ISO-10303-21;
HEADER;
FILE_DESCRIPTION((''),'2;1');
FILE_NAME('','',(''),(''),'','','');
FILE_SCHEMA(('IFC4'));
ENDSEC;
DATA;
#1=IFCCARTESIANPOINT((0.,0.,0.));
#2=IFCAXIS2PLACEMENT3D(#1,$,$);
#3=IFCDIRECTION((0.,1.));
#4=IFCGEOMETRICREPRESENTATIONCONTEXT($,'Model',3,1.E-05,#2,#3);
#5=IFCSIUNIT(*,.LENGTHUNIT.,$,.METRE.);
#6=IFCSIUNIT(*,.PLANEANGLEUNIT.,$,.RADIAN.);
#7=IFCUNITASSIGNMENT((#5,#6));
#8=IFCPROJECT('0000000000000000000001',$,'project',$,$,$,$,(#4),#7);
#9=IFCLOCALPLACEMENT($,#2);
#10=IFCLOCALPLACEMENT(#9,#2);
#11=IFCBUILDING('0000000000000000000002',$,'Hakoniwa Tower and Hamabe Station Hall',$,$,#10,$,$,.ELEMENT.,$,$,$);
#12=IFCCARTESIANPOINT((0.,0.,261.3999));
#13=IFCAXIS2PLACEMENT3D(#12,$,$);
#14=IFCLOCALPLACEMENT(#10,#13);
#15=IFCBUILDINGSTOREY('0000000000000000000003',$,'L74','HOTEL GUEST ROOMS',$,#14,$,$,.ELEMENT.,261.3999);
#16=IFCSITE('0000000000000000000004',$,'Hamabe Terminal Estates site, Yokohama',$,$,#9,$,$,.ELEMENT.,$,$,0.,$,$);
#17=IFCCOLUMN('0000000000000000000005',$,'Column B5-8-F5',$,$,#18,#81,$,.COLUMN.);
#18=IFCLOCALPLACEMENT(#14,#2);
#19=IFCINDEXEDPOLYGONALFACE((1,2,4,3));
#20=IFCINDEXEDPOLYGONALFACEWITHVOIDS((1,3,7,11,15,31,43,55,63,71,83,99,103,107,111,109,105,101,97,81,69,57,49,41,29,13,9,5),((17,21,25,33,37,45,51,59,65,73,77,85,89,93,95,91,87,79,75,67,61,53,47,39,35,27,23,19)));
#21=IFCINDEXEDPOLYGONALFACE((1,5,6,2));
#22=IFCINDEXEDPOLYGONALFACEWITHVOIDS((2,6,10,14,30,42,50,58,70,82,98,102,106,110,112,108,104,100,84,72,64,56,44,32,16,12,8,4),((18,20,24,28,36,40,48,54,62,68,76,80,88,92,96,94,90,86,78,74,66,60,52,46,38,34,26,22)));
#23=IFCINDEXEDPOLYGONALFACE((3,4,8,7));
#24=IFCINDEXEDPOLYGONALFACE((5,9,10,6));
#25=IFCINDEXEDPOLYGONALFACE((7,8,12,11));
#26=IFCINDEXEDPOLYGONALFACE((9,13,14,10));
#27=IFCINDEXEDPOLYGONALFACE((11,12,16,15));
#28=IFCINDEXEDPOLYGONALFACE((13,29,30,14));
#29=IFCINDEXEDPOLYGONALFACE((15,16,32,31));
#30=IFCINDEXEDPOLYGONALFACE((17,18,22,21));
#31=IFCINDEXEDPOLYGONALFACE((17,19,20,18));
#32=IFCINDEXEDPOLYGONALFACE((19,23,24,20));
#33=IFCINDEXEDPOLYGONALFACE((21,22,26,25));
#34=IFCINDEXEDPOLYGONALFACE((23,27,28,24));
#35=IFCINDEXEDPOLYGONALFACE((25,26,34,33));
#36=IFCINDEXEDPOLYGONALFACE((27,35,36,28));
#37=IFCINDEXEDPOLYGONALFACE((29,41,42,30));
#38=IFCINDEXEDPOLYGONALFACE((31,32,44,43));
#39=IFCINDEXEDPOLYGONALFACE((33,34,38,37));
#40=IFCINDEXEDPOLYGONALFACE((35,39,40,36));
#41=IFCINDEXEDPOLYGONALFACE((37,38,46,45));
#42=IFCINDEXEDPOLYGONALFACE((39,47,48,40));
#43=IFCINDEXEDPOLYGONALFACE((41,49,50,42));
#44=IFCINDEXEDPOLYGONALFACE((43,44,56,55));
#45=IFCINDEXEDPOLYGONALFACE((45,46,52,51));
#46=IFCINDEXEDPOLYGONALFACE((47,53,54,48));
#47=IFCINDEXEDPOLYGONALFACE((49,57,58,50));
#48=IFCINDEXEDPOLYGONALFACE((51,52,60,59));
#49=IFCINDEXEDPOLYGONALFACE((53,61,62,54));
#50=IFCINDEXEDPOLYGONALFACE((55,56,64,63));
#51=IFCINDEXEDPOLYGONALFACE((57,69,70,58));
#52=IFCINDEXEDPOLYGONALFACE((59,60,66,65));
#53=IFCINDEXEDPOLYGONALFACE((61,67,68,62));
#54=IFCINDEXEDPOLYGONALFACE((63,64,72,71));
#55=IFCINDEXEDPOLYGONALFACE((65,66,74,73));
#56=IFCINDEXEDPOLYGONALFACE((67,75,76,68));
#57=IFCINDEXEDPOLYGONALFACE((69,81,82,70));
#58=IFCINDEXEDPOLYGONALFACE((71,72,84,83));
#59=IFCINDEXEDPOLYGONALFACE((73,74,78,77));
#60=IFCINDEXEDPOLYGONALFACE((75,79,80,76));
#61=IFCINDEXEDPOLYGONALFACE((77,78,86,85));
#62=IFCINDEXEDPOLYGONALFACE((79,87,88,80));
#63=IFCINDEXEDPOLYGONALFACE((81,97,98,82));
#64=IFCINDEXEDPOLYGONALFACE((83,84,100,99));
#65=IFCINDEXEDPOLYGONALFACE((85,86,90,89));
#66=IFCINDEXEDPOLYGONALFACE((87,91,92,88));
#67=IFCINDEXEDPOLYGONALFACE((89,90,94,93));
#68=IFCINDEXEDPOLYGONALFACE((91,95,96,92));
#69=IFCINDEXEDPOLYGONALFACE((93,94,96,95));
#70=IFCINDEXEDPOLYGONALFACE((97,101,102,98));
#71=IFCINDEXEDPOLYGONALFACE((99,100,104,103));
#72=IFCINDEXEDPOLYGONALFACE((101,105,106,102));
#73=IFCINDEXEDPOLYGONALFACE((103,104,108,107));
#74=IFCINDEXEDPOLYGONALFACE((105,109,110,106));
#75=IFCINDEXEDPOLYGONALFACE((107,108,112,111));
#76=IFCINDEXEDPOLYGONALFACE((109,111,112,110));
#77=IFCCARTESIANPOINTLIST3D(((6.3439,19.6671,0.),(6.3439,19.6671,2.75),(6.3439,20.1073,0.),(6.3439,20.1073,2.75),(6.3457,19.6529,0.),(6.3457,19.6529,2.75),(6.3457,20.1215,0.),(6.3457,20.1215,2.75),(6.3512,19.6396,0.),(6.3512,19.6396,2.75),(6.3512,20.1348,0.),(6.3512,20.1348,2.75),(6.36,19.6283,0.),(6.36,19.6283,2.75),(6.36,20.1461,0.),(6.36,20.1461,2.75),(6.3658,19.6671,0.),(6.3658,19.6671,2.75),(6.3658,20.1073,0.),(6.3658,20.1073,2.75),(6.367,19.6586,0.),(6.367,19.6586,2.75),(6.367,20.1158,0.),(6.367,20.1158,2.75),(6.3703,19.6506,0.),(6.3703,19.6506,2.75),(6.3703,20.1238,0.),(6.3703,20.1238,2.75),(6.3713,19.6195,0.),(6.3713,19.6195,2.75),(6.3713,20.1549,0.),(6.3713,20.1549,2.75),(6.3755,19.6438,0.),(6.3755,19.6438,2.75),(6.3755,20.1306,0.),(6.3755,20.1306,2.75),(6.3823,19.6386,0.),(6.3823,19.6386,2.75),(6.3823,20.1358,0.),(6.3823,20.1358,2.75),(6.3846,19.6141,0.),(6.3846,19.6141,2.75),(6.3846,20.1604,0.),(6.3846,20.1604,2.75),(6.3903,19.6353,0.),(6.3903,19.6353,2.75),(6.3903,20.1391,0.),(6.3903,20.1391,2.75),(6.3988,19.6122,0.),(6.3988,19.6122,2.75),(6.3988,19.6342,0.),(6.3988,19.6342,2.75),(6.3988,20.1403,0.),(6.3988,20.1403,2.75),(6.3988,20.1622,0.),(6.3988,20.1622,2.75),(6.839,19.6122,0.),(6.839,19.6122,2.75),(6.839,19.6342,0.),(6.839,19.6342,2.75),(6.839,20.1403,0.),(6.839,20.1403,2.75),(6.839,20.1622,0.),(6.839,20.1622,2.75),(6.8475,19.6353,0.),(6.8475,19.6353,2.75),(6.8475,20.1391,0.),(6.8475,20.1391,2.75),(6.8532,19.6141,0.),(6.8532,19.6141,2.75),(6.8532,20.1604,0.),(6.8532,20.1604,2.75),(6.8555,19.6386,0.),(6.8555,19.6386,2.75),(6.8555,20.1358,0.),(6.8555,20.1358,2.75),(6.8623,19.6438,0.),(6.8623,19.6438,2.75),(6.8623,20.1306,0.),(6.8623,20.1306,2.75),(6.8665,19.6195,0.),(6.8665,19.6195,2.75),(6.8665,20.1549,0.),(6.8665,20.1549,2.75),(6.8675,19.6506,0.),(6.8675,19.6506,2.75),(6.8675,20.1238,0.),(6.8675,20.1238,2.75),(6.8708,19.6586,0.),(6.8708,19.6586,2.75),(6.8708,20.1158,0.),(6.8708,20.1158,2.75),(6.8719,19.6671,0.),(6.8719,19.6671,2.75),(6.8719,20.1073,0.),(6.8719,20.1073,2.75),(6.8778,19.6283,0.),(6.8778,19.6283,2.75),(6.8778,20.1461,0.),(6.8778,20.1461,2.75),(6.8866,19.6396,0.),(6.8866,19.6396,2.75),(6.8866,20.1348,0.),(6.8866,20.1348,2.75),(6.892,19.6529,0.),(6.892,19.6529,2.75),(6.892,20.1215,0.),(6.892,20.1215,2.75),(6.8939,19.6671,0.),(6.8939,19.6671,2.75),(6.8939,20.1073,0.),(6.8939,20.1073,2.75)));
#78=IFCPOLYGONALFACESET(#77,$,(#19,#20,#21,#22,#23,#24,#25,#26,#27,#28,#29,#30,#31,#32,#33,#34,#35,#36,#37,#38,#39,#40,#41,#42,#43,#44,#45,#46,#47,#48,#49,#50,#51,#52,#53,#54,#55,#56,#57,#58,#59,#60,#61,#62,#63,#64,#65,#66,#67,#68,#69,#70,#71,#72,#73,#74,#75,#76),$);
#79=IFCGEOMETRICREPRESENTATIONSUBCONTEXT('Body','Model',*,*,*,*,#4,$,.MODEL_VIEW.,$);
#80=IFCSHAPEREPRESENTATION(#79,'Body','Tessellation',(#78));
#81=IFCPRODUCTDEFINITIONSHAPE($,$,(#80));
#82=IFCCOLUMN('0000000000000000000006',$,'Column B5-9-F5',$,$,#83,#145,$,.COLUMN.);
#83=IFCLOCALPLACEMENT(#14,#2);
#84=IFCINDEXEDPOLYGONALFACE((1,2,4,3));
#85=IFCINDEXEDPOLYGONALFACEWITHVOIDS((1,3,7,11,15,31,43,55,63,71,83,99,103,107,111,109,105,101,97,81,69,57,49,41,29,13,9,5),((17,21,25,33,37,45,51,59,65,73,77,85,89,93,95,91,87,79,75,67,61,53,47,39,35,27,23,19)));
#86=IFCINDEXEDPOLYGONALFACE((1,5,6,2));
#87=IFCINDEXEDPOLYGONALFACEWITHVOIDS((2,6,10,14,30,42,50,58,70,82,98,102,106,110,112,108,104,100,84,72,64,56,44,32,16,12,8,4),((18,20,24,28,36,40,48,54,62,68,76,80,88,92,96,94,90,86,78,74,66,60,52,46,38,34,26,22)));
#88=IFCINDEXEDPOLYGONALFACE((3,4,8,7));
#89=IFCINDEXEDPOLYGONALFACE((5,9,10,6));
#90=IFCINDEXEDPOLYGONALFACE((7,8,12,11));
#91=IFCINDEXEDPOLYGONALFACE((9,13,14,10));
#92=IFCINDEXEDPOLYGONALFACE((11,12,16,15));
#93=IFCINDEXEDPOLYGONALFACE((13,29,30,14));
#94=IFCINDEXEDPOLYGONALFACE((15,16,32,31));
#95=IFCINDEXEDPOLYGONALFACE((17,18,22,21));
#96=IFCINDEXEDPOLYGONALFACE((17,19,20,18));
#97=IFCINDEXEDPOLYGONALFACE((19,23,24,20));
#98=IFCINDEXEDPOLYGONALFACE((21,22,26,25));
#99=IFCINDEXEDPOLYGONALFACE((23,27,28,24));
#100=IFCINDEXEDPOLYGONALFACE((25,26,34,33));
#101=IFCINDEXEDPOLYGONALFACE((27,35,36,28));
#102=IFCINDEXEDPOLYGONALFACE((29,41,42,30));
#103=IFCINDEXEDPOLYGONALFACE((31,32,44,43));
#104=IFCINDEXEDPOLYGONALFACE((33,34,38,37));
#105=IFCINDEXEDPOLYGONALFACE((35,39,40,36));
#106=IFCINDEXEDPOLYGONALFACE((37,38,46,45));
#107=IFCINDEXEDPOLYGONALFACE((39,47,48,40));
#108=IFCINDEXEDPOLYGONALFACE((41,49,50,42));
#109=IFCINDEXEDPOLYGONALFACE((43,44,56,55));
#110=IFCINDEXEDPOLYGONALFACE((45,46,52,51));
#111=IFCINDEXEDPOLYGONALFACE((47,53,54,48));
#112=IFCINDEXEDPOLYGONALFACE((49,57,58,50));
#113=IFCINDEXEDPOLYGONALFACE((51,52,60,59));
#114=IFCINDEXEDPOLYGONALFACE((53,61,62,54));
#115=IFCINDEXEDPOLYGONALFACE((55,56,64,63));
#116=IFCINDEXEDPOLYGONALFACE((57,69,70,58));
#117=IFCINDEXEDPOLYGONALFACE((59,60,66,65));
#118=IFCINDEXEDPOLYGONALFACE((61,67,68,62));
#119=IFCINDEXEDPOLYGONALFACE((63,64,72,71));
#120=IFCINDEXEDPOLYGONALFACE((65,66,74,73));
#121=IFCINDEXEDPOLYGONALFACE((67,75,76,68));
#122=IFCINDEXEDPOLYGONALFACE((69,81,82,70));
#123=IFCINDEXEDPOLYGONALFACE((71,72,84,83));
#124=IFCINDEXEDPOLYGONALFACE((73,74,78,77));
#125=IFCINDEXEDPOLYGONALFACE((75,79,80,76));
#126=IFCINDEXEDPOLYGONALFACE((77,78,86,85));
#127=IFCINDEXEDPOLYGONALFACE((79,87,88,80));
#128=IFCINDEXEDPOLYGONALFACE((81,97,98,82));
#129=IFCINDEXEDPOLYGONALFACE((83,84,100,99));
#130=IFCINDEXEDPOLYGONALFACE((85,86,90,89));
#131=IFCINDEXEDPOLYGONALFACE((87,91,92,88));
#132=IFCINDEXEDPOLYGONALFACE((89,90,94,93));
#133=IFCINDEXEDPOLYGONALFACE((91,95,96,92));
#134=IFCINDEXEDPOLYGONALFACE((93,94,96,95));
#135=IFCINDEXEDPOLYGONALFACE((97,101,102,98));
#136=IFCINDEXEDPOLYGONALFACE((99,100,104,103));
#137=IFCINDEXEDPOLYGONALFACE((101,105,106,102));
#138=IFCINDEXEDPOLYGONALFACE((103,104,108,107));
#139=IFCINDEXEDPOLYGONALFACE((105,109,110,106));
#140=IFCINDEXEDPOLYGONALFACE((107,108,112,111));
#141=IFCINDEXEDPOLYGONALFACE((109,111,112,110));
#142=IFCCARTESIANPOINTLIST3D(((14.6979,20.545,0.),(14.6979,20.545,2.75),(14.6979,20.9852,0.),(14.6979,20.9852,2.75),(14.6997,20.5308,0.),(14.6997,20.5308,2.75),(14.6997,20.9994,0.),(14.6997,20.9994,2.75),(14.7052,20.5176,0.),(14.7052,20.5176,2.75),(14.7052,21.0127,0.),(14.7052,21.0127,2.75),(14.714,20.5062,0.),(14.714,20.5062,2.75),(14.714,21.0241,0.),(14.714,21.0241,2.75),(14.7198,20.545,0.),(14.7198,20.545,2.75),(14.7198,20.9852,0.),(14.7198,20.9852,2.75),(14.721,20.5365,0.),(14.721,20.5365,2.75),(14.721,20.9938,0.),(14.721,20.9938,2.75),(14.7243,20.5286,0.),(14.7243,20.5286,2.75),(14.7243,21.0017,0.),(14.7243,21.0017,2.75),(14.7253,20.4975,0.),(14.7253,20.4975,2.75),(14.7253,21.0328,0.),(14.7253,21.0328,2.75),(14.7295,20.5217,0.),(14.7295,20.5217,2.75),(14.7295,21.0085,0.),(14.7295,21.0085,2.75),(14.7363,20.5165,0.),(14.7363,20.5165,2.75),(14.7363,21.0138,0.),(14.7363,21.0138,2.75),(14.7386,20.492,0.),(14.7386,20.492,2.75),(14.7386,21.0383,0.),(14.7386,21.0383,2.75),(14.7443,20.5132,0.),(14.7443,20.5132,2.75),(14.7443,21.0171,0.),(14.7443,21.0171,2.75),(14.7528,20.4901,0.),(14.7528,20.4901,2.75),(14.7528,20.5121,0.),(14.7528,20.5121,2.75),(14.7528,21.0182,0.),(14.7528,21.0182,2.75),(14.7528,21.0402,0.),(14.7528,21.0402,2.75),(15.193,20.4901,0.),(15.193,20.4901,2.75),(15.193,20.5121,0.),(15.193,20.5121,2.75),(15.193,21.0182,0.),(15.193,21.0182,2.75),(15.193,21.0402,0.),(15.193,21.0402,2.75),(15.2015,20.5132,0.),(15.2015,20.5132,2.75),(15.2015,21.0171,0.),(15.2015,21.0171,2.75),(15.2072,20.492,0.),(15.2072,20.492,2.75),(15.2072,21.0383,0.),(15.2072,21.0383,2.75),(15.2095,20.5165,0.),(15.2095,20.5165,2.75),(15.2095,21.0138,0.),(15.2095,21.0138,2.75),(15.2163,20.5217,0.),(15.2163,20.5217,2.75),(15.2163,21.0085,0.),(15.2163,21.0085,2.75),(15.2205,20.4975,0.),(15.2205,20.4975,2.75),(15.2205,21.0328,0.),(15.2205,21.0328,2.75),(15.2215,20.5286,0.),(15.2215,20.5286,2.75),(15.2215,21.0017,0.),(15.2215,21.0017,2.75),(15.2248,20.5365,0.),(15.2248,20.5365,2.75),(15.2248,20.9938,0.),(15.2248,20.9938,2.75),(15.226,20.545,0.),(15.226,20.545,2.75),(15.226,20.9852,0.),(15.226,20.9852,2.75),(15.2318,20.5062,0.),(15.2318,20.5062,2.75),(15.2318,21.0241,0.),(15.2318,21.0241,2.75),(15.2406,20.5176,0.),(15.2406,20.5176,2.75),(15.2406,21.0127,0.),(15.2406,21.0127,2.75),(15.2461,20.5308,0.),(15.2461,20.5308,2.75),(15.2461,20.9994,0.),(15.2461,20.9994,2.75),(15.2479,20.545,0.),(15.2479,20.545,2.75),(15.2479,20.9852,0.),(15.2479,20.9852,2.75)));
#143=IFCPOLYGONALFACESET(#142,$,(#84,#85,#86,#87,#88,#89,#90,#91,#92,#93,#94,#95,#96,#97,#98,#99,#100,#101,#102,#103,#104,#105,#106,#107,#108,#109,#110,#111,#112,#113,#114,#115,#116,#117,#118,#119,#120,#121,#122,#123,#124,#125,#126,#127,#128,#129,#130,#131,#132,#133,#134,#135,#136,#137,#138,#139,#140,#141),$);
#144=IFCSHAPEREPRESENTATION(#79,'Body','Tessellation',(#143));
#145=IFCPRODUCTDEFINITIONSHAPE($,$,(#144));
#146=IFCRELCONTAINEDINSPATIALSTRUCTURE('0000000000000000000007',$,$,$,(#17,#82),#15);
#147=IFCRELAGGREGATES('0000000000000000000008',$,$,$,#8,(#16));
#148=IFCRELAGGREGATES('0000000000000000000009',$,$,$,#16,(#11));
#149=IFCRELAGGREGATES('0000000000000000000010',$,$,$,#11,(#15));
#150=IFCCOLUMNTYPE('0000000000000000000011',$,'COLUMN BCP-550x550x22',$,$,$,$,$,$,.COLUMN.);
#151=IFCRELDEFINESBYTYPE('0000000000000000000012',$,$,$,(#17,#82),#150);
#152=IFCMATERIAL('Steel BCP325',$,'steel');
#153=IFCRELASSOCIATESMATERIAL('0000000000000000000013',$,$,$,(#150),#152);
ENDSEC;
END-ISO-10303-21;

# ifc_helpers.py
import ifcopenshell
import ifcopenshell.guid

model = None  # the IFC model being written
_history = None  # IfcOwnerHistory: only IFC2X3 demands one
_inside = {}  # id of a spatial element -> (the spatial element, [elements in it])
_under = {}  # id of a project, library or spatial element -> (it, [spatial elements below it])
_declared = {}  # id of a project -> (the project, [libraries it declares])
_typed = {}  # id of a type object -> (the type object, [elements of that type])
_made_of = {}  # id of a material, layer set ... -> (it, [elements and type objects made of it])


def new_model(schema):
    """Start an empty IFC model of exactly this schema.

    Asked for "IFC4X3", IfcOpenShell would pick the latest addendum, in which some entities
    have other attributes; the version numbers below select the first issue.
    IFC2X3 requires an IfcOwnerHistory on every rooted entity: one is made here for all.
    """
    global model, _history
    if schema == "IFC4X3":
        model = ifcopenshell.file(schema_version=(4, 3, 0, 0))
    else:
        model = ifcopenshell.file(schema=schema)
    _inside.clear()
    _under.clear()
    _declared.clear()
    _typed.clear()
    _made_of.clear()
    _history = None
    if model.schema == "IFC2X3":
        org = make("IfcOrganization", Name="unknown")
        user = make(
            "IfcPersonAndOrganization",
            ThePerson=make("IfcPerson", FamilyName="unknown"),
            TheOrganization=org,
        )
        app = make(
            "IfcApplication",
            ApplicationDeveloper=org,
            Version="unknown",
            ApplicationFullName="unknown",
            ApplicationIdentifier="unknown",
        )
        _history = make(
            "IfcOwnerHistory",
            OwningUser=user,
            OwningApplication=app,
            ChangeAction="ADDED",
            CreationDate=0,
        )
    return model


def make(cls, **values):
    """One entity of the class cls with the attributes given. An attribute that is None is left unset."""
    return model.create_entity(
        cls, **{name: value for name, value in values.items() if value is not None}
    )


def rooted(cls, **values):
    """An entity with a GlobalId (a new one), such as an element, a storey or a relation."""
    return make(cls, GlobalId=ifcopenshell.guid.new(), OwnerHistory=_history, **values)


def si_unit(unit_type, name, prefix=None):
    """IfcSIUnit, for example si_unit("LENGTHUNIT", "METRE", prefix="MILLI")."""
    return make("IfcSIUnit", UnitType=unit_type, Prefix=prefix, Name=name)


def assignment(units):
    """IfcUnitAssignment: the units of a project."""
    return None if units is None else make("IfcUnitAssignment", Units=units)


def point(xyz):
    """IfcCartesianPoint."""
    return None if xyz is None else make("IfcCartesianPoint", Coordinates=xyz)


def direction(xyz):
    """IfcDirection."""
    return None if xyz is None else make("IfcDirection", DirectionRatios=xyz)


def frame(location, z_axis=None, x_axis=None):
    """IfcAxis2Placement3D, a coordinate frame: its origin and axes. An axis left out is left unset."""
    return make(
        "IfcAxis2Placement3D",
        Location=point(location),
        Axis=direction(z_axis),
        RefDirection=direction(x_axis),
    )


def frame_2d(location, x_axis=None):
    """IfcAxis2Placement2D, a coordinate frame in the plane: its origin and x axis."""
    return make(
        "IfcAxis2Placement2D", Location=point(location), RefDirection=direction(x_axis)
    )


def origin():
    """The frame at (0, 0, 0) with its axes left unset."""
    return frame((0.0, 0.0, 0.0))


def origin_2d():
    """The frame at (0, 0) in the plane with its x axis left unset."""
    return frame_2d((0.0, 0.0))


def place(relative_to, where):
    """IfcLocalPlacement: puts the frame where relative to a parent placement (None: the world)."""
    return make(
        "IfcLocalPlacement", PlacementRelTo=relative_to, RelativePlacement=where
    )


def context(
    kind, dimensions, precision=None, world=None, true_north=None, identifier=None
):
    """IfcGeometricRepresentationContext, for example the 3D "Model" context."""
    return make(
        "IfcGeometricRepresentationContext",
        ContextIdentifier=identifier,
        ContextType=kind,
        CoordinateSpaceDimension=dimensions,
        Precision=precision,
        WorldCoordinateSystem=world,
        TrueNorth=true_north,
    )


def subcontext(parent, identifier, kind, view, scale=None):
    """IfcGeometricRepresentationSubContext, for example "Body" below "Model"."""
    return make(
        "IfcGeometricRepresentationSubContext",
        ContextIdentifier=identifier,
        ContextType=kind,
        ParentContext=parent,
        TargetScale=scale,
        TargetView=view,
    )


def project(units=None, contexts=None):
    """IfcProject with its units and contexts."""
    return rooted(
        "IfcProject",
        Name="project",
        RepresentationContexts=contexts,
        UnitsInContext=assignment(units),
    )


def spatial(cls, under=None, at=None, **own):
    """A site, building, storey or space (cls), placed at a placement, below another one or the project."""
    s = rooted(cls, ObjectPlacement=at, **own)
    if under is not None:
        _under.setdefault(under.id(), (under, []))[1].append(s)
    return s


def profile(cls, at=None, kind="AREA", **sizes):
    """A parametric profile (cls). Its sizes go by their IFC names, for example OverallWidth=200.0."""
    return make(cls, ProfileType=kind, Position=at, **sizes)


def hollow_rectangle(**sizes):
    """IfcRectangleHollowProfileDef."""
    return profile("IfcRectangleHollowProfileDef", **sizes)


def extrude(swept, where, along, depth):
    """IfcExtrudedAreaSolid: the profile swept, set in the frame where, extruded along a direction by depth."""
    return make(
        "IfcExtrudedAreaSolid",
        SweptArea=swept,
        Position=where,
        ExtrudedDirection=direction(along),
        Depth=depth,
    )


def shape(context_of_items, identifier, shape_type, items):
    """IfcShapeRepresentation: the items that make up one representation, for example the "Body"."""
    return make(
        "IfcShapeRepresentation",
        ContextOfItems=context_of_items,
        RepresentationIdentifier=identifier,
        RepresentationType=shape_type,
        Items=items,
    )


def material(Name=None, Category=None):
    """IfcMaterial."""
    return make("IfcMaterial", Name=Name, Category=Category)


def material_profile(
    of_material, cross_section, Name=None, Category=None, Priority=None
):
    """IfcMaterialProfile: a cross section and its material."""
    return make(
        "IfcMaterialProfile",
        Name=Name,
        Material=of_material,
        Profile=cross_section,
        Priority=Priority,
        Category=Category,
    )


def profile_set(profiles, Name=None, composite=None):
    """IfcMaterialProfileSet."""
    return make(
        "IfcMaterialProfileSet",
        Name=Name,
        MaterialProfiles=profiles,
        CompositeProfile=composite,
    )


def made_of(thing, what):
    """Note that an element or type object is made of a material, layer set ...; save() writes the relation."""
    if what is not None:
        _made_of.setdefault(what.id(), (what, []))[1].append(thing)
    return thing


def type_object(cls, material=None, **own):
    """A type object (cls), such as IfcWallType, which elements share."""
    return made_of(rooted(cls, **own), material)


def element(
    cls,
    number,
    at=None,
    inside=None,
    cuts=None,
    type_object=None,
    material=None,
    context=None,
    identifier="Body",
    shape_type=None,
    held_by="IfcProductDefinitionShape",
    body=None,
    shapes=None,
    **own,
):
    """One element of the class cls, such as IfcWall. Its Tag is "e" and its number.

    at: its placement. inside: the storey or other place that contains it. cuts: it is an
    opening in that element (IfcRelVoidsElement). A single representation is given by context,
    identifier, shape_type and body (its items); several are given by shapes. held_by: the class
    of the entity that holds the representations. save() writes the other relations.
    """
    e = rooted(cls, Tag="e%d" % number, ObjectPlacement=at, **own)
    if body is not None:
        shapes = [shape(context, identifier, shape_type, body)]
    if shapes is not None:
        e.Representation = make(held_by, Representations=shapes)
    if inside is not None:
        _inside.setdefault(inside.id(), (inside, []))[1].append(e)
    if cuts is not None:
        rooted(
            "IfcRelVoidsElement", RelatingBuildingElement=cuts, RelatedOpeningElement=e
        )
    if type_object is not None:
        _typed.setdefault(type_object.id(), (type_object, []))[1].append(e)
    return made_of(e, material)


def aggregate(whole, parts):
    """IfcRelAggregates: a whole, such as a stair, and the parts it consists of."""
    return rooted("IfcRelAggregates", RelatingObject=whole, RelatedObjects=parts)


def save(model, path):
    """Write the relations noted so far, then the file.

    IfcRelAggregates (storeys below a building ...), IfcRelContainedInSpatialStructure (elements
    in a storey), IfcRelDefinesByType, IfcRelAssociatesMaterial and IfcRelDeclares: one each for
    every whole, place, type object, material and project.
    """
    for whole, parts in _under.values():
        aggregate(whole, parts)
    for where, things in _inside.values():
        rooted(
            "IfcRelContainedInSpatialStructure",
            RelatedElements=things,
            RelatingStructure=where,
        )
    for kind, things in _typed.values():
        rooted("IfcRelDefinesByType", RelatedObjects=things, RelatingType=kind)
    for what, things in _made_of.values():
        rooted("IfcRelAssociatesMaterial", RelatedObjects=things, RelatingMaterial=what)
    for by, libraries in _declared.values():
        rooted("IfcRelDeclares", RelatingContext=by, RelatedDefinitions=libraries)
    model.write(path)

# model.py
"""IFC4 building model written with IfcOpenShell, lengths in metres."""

from ifc_helpers import new_model, si_unit, direction, frame, origin, origin_2d, place, context, subcontext, project, spatial, hollow_rectangle, extrude, material, material_profile, profile_set, type_object, element, save


model = new_model("IFC4")

# Units and contexts
model_context = context("Model", 3, precision=1e-05, world=origin(), true_north=direction((0.0, 1.0)))
body_context = subcontext(model_context, "Body", "Model", "MODEL_VIEW")
ifc_project = project(units=[si_unit("LENGTHUNIT", "METRE"), si_unit("PLANEANGLEUNIT", "RADIAN")], contexts=[model_context])

# Site, building, storey
site_placement = place(None, origin())
site = spatial("IfcSite", under=ifc_project, at=site_placement, Name="Hamabe Terminal Estates site, Yokohama", CompositionType="ELEMENT", RefElevation=0.0)
building_placement = place(site_placement, origin())
building = spatial("IfcBuilding", under=site, at=building_placement, Name="Hakoniwa Tower and Hamabe Station Hall", CompositionType="ELEMENT")
storey_placement = place(building_placement, frame((0.0, 0.0, 261.3999)))
storey = spatial("IfcBuildingStorey", under=building, at=storey_placement, Name="L74", Description="HOTEL GUEST ROOMS", CompositionType="ELEMENT", Elevation=261.3999)

# Columns
ifc_material_1 = material(Name="Steel BCP325", Category="steel")
ifc_material_profile_1 = material_profile(ifc_material_1, hollow_rectangle(XDim=0.55, YDim=0.55, WallThickness=0.022, InnerFilletRadius=0.033, OuterFilletRadius=0.0549, at=origin_2d()), Name="BCP-550x550x22")
ifc_profile_set_1 = profile_set([ifc_material_profile_1], Name="Steel BCP325")
column_type_1 = type_object("IfcColumnType", Name="COLUMN BCP-550x550x22", PredefinedType="COLUMN", material=ifc_profile_set_1)
for number, where, z_axis, x_axis, name in (
    (1, (6.6189, 19.8872, 0.0), (0.0, 0.0, 1.0), (1.0, 0.0, 0.0), "Column B5-8-F5"),
    (2, (14.9729, 20.7651, 0.0), (0.0, 0.0, 1.0), (1.0, 0.0, 0.0), "Column B5-9-F5"),
):
    element("IfcColumn", number, at=place(storey_placement, frame(where, z_axis=z_axis, x_axis=x_axis)), inside=storey, type_object=column_type_1, Name=name, PredefinedType="COLUMN", context=body_context, shape_type="SweptSolid", body=[
        extrude(hollow_rectangle(XDim=0.55, YDim=0.55, WallThickness=0.022, InnerFilletRadius=0.033, OuterFilletRadius=0.0549, at=origin_2d()), origin(), (0.0, 0.0, 1.0), 2.75),
    ])

save(model, "model.ifc")
